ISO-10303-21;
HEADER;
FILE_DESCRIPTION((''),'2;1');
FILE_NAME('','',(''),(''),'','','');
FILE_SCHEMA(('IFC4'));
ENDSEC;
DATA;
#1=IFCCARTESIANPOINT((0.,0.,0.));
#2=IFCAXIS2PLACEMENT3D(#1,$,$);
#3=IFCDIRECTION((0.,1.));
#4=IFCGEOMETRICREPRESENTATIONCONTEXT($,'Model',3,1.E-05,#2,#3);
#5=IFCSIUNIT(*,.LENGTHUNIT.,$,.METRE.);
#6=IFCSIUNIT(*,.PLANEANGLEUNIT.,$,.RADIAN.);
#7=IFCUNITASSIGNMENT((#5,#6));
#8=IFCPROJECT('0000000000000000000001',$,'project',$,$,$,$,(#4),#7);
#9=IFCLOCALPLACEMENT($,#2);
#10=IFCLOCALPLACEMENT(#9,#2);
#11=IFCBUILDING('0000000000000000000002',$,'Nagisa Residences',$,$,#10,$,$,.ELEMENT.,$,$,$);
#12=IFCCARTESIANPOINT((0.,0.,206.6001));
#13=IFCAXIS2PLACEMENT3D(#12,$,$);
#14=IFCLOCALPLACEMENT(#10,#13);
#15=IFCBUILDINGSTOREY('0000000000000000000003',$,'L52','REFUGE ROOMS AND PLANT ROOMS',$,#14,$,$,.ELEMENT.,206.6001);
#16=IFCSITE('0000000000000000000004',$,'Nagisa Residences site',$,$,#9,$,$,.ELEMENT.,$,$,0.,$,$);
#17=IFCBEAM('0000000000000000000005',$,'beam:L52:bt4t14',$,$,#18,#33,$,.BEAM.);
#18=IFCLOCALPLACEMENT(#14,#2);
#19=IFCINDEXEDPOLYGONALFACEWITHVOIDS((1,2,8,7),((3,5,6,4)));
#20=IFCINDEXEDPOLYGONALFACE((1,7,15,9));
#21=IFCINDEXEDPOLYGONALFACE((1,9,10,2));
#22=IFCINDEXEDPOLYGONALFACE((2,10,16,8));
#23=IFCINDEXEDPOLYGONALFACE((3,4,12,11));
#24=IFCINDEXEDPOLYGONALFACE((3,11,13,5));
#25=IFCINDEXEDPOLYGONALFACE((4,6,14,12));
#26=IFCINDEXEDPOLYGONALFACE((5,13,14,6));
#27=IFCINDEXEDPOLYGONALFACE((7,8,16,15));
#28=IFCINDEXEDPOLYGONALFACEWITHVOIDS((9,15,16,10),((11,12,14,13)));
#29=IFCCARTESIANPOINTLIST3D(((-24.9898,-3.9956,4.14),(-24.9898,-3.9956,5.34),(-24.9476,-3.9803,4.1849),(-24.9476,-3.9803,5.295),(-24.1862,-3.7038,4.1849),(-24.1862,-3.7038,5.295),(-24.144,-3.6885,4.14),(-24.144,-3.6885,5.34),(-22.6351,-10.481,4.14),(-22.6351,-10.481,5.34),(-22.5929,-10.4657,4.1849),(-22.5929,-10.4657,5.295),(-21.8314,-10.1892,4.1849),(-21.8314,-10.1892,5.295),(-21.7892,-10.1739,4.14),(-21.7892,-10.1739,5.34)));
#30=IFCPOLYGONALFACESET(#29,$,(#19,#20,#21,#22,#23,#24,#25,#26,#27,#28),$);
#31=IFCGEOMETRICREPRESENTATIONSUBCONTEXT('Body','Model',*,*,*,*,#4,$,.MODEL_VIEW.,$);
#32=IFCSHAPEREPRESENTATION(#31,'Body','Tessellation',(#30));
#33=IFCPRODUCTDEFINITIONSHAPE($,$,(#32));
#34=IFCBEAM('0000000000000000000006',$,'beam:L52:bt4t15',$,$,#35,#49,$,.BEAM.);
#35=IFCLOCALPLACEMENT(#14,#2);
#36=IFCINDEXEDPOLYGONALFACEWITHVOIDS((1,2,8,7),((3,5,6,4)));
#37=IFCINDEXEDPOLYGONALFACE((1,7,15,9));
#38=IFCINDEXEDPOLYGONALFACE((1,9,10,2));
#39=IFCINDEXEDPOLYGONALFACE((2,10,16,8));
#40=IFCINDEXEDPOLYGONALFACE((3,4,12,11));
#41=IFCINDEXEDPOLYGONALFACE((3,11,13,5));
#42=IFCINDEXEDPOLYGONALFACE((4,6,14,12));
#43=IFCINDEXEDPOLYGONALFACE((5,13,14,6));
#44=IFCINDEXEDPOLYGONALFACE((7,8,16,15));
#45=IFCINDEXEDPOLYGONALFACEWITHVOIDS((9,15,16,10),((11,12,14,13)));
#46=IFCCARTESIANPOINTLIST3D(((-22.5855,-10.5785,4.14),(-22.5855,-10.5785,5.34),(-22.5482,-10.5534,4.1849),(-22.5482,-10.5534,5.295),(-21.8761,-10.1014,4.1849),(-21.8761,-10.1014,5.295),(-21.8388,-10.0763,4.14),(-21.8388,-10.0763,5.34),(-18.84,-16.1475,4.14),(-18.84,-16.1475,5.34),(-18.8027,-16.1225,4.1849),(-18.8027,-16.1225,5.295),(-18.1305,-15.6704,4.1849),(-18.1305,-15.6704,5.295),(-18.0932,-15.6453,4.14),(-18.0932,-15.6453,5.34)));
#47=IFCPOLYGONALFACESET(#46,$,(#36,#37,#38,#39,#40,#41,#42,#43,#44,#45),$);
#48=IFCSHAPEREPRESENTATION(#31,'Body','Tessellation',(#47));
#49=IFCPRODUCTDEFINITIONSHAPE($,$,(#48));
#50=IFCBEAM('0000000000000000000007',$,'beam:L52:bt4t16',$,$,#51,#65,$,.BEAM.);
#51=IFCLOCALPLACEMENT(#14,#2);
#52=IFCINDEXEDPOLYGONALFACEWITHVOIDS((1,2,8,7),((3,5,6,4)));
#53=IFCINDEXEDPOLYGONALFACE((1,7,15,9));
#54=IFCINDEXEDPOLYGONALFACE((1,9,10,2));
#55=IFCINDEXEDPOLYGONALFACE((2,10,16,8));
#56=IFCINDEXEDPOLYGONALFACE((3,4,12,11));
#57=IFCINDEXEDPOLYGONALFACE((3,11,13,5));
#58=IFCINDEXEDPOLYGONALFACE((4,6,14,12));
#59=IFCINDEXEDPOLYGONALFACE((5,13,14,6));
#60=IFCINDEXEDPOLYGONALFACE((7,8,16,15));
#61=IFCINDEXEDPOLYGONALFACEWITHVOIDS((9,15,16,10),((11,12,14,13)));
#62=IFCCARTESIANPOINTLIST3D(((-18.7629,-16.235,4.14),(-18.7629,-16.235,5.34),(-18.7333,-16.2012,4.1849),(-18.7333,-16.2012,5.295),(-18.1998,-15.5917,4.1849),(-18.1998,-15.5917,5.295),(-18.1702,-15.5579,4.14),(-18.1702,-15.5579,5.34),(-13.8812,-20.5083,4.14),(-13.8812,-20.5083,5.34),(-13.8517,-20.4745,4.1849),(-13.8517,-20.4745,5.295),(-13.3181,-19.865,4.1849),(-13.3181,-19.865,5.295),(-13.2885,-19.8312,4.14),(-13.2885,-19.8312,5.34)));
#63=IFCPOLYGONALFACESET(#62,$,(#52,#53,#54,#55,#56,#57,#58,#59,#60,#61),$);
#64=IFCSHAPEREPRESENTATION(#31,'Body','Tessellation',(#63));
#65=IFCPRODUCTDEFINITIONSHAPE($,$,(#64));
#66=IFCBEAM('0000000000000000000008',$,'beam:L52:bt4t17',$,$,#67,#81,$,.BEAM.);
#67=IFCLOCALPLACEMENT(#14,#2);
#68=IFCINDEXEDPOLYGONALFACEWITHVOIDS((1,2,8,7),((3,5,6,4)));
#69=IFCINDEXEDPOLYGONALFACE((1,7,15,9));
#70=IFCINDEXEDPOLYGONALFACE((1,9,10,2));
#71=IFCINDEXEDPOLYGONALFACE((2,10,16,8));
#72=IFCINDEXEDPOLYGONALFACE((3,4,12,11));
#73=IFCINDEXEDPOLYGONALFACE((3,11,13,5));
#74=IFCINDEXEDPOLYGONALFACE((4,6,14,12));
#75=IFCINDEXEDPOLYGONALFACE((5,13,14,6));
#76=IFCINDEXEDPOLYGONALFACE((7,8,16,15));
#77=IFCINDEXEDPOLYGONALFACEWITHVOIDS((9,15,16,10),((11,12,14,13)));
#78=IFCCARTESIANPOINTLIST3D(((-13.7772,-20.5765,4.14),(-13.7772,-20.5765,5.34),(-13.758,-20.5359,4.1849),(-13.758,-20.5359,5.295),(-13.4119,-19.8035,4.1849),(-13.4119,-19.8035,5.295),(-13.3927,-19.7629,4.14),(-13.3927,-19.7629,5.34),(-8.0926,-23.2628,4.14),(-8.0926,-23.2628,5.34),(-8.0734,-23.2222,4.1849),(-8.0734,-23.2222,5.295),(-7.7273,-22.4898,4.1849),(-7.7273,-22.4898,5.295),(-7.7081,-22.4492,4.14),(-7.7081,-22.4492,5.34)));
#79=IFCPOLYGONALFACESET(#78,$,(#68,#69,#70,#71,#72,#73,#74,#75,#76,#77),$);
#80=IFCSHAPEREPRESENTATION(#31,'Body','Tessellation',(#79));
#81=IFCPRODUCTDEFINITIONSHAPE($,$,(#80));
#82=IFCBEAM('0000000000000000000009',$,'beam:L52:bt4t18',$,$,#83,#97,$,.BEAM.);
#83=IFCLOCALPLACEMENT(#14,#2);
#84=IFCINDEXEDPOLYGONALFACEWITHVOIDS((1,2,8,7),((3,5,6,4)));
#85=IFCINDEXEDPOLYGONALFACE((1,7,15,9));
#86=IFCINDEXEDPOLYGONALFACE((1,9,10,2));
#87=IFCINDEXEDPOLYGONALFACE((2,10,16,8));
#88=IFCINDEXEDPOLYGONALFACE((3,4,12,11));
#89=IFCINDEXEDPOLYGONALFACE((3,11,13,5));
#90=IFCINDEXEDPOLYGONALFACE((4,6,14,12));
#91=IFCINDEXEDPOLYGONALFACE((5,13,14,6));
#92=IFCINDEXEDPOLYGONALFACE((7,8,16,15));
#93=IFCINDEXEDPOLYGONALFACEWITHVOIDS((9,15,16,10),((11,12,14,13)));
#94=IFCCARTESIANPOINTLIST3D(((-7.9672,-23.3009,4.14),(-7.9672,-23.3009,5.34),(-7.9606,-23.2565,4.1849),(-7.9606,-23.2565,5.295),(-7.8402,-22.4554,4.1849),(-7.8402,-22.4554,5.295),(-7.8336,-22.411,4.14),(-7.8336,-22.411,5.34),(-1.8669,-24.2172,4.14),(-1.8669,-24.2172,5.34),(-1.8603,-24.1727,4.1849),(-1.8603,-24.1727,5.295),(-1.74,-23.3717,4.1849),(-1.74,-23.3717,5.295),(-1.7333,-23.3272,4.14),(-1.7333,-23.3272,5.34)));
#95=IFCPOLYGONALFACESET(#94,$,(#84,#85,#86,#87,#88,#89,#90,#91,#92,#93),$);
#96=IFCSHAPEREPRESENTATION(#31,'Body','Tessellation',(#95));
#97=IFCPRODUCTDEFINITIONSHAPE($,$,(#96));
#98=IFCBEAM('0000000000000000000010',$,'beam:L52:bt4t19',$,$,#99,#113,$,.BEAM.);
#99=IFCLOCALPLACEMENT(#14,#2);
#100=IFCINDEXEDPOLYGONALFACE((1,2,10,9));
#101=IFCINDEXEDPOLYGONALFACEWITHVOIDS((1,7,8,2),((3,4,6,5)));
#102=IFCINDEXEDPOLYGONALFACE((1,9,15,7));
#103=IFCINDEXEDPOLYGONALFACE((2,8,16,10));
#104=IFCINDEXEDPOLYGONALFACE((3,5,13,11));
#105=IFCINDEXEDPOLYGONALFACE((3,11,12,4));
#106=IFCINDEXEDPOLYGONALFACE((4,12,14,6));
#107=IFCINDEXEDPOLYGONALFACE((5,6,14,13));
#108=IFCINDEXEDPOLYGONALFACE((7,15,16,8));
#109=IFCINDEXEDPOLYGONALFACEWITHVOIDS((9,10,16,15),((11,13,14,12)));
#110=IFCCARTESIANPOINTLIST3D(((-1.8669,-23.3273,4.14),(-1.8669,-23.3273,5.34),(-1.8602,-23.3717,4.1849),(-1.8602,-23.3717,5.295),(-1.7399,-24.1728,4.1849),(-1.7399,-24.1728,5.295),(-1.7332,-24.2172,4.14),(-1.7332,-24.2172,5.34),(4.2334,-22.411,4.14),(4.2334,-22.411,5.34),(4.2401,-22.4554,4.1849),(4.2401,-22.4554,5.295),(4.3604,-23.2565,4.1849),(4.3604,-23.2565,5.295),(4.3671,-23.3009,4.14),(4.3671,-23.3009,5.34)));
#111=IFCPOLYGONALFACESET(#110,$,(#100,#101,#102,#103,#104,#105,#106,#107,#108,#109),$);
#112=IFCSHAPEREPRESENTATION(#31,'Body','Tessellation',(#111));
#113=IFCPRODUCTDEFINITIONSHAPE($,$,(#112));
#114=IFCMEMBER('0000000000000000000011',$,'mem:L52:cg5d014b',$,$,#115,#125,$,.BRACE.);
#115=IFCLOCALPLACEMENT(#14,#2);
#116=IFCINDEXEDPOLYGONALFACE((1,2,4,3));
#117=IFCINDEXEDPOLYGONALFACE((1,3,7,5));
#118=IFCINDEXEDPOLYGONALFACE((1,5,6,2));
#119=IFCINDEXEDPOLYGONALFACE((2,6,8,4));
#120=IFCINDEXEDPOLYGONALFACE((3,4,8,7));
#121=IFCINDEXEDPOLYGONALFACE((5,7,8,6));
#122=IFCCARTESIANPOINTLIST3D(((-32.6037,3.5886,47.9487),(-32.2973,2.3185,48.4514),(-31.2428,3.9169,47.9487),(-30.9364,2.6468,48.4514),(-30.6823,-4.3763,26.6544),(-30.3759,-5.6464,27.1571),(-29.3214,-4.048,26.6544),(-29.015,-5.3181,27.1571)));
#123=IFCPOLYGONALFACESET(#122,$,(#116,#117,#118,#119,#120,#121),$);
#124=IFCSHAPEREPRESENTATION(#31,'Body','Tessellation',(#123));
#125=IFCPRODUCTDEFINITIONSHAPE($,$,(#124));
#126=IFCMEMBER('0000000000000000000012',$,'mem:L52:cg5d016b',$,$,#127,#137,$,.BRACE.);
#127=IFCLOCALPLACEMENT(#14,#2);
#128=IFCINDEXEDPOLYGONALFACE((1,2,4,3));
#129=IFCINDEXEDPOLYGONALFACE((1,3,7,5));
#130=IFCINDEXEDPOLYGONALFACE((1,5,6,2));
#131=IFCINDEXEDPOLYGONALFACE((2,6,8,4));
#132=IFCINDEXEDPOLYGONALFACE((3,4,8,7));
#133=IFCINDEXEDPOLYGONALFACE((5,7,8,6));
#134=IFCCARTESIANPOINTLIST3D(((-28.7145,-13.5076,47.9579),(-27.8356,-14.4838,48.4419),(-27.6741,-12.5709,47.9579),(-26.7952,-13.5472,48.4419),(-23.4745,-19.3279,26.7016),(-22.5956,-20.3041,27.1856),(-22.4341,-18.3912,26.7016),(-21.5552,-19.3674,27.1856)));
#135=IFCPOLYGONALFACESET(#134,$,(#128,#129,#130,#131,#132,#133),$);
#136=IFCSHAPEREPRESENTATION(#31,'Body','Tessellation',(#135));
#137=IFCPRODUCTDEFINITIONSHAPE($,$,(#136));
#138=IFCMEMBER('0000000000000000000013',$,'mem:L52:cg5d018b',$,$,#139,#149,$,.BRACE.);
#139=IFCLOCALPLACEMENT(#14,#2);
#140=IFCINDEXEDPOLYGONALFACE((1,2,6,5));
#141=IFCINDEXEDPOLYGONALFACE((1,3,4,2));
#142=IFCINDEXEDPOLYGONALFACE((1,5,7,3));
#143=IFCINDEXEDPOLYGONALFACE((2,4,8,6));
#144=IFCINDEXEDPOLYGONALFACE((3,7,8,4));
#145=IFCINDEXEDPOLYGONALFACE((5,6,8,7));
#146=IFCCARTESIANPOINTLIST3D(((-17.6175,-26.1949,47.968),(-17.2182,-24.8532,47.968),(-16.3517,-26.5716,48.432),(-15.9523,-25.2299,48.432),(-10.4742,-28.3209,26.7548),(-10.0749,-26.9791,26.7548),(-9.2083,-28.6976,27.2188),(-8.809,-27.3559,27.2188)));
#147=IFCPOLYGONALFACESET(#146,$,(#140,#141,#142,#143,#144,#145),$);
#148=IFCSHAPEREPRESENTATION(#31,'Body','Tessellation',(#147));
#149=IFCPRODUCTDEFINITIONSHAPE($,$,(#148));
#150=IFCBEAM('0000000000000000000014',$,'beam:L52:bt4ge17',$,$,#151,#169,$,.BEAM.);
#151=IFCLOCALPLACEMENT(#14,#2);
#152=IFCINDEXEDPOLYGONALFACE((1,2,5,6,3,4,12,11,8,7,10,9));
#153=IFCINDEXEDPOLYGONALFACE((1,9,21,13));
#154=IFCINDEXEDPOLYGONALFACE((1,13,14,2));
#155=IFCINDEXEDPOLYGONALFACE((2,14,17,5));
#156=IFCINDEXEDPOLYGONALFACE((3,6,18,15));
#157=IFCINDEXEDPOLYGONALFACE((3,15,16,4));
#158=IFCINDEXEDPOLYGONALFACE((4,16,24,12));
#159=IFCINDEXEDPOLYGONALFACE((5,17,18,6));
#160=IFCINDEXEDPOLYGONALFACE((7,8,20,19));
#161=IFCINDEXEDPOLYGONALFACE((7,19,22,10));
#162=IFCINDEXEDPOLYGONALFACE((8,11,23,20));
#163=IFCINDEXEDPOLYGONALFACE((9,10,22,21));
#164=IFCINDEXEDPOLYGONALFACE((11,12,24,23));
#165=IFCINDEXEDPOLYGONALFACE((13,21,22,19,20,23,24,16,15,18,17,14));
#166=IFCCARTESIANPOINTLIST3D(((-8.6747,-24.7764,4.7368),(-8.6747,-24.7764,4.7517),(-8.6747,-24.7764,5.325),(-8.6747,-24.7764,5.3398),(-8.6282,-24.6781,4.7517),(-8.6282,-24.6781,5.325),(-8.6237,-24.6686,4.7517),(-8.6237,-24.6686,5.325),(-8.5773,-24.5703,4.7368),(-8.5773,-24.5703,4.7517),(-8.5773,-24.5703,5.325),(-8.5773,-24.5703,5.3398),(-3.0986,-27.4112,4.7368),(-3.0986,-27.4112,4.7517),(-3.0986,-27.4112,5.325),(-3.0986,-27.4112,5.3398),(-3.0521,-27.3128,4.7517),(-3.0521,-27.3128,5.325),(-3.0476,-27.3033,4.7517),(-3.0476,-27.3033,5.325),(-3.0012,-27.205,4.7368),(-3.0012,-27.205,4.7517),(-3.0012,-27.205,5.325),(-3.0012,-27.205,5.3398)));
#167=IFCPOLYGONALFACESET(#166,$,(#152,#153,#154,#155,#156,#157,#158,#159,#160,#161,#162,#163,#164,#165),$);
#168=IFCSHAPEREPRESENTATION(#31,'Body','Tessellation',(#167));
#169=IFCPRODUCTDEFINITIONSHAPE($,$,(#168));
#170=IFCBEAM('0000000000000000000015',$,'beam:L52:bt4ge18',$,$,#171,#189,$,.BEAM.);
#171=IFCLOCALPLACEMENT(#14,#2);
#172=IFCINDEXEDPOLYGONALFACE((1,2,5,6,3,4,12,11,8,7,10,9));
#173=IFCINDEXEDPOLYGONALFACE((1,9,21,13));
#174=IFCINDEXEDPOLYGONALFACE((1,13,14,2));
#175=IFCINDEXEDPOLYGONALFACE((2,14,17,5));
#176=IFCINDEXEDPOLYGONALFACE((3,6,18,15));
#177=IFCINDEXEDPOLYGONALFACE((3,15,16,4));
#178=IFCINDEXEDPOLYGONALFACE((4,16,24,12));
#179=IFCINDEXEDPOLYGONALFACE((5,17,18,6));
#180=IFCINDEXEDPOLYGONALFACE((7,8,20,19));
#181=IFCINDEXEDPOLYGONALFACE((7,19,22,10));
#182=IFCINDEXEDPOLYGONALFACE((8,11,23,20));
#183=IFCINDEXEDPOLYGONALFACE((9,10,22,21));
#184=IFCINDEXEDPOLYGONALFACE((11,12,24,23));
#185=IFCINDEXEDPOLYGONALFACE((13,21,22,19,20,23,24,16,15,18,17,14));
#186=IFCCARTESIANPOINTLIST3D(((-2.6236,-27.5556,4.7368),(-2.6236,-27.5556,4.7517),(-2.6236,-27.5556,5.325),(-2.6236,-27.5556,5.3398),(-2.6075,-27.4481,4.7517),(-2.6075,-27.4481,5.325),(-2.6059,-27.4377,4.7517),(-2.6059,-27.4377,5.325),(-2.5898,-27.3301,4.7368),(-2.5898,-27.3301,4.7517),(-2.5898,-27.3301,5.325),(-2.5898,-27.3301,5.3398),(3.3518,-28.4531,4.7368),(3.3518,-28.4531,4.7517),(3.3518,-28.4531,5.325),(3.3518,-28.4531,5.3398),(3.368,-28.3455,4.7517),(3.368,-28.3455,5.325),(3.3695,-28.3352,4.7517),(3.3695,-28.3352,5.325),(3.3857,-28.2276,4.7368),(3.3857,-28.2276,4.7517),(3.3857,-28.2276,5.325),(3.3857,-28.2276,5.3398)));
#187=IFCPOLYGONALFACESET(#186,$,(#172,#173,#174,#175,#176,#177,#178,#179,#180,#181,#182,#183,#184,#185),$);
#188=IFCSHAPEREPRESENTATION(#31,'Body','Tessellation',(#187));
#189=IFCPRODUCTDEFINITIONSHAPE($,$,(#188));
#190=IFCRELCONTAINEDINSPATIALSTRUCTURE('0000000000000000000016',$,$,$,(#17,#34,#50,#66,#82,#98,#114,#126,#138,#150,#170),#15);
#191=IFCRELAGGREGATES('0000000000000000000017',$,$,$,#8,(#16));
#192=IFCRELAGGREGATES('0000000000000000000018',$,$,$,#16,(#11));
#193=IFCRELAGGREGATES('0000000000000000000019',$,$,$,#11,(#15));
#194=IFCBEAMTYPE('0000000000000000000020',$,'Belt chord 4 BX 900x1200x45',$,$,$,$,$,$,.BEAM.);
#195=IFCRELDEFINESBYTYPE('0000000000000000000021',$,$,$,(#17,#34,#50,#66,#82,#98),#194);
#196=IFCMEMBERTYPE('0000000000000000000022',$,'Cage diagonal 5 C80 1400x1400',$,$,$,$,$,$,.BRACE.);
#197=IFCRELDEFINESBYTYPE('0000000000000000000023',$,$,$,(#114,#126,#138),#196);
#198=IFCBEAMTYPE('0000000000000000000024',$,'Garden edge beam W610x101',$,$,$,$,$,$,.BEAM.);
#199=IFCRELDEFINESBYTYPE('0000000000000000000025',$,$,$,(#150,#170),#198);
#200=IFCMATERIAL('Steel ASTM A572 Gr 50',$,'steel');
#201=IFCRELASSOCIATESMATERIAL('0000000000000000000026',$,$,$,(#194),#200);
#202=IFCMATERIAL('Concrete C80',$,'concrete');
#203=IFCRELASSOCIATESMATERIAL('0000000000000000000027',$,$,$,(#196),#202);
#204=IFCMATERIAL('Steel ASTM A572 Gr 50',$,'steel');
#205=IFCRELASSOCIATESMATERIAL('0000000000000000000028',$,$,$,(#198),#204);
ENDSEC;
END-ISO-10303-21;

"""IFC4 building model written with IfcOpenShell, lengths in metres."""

from ifc_helpers import new_model, si_unit, direction, frame, origin, origin_2d, place, context, subcontext, project, spatial, rectangle, hollow_rectangle, i_section, extrude, material, material_profile, profile_set, type_object, element, save


model = new_model("IFC4")

# Units and contexts
model_context = context("Model", 3, precision=1e-05, world=origin(), true_north=direction((0.0, 1.0)))
body_context = subcontext(model_context, "Body", "Model", "MODEL_VIEW")
ifc_project = project(units=[si_unit("LENGTHUNIT", "METRE"), si_unit("PLANEANGLEUNIT", "RADIAN")], contexts=[model_context])

# Site, building, storey
site_placement = place(None, origin())
site = spatial("IfcSite", under=ifc_project, at=site_placement, Name="Nagisa Residences site", CompositionType="ELEMENT", RefElevation=0.0)
building_placement = place(site_placement, origin())
building = spatial("IfcBuilding", under=site, at=building_placement, Name="Nagisa Residences", CompositionType="ELEMENT")
storey_placement = place(building_placement, frame((0.0, 0.0, 206.6001)))
storey = spatial("IfcBuildingStorey", under=building, at=storey_placement, Name="L52", Description="REFUGE ROOMS AND PLANT ROOMS", CompositionType="ELEMENT", Elevation=206.6001)

# Beams
ifc_material_1 = material(Name="Steel ASTM A572 Gr 50", Category="steel")
ifc_material_profile_1 = material_profile(ifc_material_1, hollow_rectangle(XDim=0.8999, YDim=1.2, WallThickness=0.0449, at=origin_2d()), Name="BX 900x1200x45")
ifc_profile_set_1 = profile_set([ifc_material_profile_1], Name="Steel ASTM A572 Gr 50")
beam_type_1 = type_object("IfcBeamType", Name="Belt chord 4 BX 900x1200x45", PredefinedType="BEAM", material=ifc_profile_set_1)
beam_1_placement = place(storey_placement, frame((-24.5669, -3.842, 4.74), z_axis=(0.341286, -0.93996, 0.0), x_axis=(0.93996, 0.341286, 0.0)))
element("IfcBeam", 1, at=beam_1_placement, inside=storey, type_object=beam_type_1, Name="beam:L52:bt4t14", PredefinedType="BEAM", context=body_context, shape_type="SweptSolid", body=[
    extrude(hollow_rectangle(XDim=0.8999, YDim=1.2, WallThickness=0.0449, at=origin_2d()), origin(), (0.0, 0.0, 1.0), 6.8997),
])
beam_2_placement = place(storey_placement, frame((-22.2122, -10.3274, 4.74), z_axis=(0.558087, -0.829782, 0.0), x_axis=(0.829782, 0.558087, 0.0)))
element("IfcBeam", 2, at=beam_2_placement, inside=storey, type_object=beam_type_1, Name="beam:L52:bt4t15", PredefinedType="BEAM", context=body_context, shape_type="SweptSolid", body=[
    extrude(hollow_rectangle(XDim=0.8999, YDim=1.2, WallThickness=0.0449, at=origin_2d()), origin(), (0.0, 0.0, 1.0), 6.7114),
])
beam_3_placement = place(storey_placement, frame((-18.4666, -15.8965, 4.74), z_axis=(0.752439, -0.658662, 0.0), x_axis=(0.658662, 0.752439, 0.0)))
element("IfcBeam", 3, at=beam_3_placement, inside=storey, type_object=beam_type_1, Name="beam:L52:bt4t16", PredefinedType="BEAM", context=body_context, shape_type="SweptSolid", body=[
    extrude(hollow_rectangle(XDim=0.8999, YDim=1.2, WallThickness=0.0449, at=origin_2d()), origin(), (0.0, 0.0, 1.0), 6.4878),
])
beam_4_placement = place(storey_placement, frame((-13.585, -20.1697, 4.74), z_axis=(0.904132, -0.427253, 0.0), x_axis=(0.427253, 0.904132, 0.0)))
element("IfcBeam", 4, at=beam_4_placement, inside=storey, type_object=beam_type_1, Name="beam:L52:bt4t17", PredefinedType="BEAM", context=body_context, shape_type="SweptSolid", body=[
    extrude(hollow_rectangle(XDim=0.8999, YDim=1.2, WallThickness=0.0449, at=origin_2d()), origin(), (0.0, 0.0, 1.0), 6.2874),
])
for number, where, z_axis, x_axis, name in (
    (5, (-7.9004, -22.856, 4.74), (0.988908, -0.148532, 0.0), (0.148532, 0.988908, 0.0), "beam:L52:bt4t18"),
    (6, (-1.8, -23.7722, 4.74), (0.988908, 0.148532, 0.0), (-0.148532, 0.988908, 0.0), "beam:L52:bt4t19"),
):
    element("IfcBeam", number, at=place(storey_placement, frame(where, z_axis=z_axis, x_axis=x_axis)), inside=storey, type_object=beam_type_1, Name=name, PredefinedType="BEAM", context=body_context, shape_type="SweptSolid", body=[
        extrude(hollow_rectangle(XDim=0.8999, YDim=1.2, WallThickness=0.0449, at=origin_2d()), origin(), (0.0, 0.0, 1.0), 6.1687),
    ])

# Members
ifc_material_2 = material(Name="Concrete C80", Category="concrete")
ifc_material_profile_2 = material_profile(ifc_material_2, rectangle(XDim=1.3999, YDim=1.3999, at=origin_2d()), Name="C80 1400x1400")
ifc_profile_set_2 = profile_set([ifc_material_profile_2], Name="Concrete C80")
member_type = type_object("IfcMemberType", Name="Cage diagonal 5 C80 1400x1400", PredefinedType="BRACE", material=ifc_profile_set_2)
member_1_placement = place(storey_placement, frame((-29.8486, -4.8472, 26.9058), z_axis=(-0.084212, 0.349089, 0.933298), x_axis=(-0.972115, -0.234507, 0.0)))
element("IfcMember", 7, at=member_1_placement, inside=storey, type_object=member_type, Name="mem:L52:cg5d014b", PredefinedType="BRACE", context=body_context, shape_type="SweptSolid", body=[
    extrude(rectangle(XDim=1.3999, YDim=1.3999, at=origin_2d()), origin(), (0.0, 0.0, 1.0), 22.8162),
])
member_2_placement = place(storey_placement, frame((-22.5149, -19.3477, 26.9436), z_axis=(-0.231314, 0.256932, 0.938339), x_axis=(-0.743186, -0.669085, 0.0)))
element("IfcMember", 8, at=member_2_placement, inside=storey, type_object=member_type, Name="mem:L52:cg5d016b", PredefinedType="BRACE", context=body_context, shape_type="SweptSolid", body=[
    extrude(rectangle(XDim=1.3999, YDim=1.3999, at=origin_2d()), origin(), (0.0, 0.0, 1.0), 22.6531),
])
member_3_placement = place(storey_placement, frame((-9.6416, -27.8384, 26.9868), z_axis=(-0.317702, 0.094554, 0.943464), x_axis=(-0.285253, -0.958452, 0.0)))
element("IfcMember", 9, at=member_3_placement, inside=storey, type_object=member_type, Name="mem:L52:cg5d018b", PredefinedType="BRACE", context=body_context, shape_type="SweptSolid", body=[
    extrude(rectangle(XDim=1.3999, YDim=1.3999, at=origin_2d()), origin(), (0.0, 0.0, 1.0), 22.4844),
])

# Beams
ifc_material_3 = material(Name="Steel ASTM A572 Gr 50", Category="steel")
ifc_material_profile_3 = material_profile(ifc_material_3, i_section(OverallWidth=0.228, OverallDepth=0.603, WebThickness=0.0105, FlangeThickness=0.0149, at=origin_2d()), Name="W610x101")
ifc_profile_set_3 = profile_set([ifc_material_profile_3], Name="Steel ASTM A572 Gr 50")
beam_type_2 = type_object("IfcBeamType", Name="Garden edge beam W610x101", PredefinedType="BEAM", material=ifc_profile_set_3)
beam_5_placement = place(storey_placement, frame((-8.626, -24.6733, 5.0383), z_axis=(0.90415, -0.427215, 0.0), x_axis=(0.427215, 0.90415, 0.0)))
element("IfcBeam", 10, at=beam_5_placement, inside=storey, type_object=beam_type_2, Name="beam:L52:bt4ge17", PredefinedType="BEAM", context=body_context, shape_type="SweptSolid", body=[
    extrude(i_section(OverallWidth=0.228, OverallDepth=0.603, WebThickness=0.0105, FlangeThickness=0.0149, at=origin_2d()), origin(), (0.0, 0.0, 1.0), 6.1672),
])
beam_6_placement = place(storey_placement, frame((-2.6067, -27.4429, 5.0383), z_axis=(0.988908, -0.148528, 0.0), x_axis=(0.148528, 0.988908, 0.0)))
element("IfcBeam", 11, at=beam_6_placement, inside=storey, type_object=beam_type_2, Name="beam:L52:bt4ge18", PredefinedType="BEAM", context=body_context, shape_type="SweptSolid", body=[
    extrude(i_section(OverallWidth=0.228, OverallDepth=0.603, WebThickness=0.0105, FlangeThickness=0.0149, at=origin_2d()), origin(), (0.0, 0.0, 1.0), 6.0425),
])

save(model, "model.ifc")
